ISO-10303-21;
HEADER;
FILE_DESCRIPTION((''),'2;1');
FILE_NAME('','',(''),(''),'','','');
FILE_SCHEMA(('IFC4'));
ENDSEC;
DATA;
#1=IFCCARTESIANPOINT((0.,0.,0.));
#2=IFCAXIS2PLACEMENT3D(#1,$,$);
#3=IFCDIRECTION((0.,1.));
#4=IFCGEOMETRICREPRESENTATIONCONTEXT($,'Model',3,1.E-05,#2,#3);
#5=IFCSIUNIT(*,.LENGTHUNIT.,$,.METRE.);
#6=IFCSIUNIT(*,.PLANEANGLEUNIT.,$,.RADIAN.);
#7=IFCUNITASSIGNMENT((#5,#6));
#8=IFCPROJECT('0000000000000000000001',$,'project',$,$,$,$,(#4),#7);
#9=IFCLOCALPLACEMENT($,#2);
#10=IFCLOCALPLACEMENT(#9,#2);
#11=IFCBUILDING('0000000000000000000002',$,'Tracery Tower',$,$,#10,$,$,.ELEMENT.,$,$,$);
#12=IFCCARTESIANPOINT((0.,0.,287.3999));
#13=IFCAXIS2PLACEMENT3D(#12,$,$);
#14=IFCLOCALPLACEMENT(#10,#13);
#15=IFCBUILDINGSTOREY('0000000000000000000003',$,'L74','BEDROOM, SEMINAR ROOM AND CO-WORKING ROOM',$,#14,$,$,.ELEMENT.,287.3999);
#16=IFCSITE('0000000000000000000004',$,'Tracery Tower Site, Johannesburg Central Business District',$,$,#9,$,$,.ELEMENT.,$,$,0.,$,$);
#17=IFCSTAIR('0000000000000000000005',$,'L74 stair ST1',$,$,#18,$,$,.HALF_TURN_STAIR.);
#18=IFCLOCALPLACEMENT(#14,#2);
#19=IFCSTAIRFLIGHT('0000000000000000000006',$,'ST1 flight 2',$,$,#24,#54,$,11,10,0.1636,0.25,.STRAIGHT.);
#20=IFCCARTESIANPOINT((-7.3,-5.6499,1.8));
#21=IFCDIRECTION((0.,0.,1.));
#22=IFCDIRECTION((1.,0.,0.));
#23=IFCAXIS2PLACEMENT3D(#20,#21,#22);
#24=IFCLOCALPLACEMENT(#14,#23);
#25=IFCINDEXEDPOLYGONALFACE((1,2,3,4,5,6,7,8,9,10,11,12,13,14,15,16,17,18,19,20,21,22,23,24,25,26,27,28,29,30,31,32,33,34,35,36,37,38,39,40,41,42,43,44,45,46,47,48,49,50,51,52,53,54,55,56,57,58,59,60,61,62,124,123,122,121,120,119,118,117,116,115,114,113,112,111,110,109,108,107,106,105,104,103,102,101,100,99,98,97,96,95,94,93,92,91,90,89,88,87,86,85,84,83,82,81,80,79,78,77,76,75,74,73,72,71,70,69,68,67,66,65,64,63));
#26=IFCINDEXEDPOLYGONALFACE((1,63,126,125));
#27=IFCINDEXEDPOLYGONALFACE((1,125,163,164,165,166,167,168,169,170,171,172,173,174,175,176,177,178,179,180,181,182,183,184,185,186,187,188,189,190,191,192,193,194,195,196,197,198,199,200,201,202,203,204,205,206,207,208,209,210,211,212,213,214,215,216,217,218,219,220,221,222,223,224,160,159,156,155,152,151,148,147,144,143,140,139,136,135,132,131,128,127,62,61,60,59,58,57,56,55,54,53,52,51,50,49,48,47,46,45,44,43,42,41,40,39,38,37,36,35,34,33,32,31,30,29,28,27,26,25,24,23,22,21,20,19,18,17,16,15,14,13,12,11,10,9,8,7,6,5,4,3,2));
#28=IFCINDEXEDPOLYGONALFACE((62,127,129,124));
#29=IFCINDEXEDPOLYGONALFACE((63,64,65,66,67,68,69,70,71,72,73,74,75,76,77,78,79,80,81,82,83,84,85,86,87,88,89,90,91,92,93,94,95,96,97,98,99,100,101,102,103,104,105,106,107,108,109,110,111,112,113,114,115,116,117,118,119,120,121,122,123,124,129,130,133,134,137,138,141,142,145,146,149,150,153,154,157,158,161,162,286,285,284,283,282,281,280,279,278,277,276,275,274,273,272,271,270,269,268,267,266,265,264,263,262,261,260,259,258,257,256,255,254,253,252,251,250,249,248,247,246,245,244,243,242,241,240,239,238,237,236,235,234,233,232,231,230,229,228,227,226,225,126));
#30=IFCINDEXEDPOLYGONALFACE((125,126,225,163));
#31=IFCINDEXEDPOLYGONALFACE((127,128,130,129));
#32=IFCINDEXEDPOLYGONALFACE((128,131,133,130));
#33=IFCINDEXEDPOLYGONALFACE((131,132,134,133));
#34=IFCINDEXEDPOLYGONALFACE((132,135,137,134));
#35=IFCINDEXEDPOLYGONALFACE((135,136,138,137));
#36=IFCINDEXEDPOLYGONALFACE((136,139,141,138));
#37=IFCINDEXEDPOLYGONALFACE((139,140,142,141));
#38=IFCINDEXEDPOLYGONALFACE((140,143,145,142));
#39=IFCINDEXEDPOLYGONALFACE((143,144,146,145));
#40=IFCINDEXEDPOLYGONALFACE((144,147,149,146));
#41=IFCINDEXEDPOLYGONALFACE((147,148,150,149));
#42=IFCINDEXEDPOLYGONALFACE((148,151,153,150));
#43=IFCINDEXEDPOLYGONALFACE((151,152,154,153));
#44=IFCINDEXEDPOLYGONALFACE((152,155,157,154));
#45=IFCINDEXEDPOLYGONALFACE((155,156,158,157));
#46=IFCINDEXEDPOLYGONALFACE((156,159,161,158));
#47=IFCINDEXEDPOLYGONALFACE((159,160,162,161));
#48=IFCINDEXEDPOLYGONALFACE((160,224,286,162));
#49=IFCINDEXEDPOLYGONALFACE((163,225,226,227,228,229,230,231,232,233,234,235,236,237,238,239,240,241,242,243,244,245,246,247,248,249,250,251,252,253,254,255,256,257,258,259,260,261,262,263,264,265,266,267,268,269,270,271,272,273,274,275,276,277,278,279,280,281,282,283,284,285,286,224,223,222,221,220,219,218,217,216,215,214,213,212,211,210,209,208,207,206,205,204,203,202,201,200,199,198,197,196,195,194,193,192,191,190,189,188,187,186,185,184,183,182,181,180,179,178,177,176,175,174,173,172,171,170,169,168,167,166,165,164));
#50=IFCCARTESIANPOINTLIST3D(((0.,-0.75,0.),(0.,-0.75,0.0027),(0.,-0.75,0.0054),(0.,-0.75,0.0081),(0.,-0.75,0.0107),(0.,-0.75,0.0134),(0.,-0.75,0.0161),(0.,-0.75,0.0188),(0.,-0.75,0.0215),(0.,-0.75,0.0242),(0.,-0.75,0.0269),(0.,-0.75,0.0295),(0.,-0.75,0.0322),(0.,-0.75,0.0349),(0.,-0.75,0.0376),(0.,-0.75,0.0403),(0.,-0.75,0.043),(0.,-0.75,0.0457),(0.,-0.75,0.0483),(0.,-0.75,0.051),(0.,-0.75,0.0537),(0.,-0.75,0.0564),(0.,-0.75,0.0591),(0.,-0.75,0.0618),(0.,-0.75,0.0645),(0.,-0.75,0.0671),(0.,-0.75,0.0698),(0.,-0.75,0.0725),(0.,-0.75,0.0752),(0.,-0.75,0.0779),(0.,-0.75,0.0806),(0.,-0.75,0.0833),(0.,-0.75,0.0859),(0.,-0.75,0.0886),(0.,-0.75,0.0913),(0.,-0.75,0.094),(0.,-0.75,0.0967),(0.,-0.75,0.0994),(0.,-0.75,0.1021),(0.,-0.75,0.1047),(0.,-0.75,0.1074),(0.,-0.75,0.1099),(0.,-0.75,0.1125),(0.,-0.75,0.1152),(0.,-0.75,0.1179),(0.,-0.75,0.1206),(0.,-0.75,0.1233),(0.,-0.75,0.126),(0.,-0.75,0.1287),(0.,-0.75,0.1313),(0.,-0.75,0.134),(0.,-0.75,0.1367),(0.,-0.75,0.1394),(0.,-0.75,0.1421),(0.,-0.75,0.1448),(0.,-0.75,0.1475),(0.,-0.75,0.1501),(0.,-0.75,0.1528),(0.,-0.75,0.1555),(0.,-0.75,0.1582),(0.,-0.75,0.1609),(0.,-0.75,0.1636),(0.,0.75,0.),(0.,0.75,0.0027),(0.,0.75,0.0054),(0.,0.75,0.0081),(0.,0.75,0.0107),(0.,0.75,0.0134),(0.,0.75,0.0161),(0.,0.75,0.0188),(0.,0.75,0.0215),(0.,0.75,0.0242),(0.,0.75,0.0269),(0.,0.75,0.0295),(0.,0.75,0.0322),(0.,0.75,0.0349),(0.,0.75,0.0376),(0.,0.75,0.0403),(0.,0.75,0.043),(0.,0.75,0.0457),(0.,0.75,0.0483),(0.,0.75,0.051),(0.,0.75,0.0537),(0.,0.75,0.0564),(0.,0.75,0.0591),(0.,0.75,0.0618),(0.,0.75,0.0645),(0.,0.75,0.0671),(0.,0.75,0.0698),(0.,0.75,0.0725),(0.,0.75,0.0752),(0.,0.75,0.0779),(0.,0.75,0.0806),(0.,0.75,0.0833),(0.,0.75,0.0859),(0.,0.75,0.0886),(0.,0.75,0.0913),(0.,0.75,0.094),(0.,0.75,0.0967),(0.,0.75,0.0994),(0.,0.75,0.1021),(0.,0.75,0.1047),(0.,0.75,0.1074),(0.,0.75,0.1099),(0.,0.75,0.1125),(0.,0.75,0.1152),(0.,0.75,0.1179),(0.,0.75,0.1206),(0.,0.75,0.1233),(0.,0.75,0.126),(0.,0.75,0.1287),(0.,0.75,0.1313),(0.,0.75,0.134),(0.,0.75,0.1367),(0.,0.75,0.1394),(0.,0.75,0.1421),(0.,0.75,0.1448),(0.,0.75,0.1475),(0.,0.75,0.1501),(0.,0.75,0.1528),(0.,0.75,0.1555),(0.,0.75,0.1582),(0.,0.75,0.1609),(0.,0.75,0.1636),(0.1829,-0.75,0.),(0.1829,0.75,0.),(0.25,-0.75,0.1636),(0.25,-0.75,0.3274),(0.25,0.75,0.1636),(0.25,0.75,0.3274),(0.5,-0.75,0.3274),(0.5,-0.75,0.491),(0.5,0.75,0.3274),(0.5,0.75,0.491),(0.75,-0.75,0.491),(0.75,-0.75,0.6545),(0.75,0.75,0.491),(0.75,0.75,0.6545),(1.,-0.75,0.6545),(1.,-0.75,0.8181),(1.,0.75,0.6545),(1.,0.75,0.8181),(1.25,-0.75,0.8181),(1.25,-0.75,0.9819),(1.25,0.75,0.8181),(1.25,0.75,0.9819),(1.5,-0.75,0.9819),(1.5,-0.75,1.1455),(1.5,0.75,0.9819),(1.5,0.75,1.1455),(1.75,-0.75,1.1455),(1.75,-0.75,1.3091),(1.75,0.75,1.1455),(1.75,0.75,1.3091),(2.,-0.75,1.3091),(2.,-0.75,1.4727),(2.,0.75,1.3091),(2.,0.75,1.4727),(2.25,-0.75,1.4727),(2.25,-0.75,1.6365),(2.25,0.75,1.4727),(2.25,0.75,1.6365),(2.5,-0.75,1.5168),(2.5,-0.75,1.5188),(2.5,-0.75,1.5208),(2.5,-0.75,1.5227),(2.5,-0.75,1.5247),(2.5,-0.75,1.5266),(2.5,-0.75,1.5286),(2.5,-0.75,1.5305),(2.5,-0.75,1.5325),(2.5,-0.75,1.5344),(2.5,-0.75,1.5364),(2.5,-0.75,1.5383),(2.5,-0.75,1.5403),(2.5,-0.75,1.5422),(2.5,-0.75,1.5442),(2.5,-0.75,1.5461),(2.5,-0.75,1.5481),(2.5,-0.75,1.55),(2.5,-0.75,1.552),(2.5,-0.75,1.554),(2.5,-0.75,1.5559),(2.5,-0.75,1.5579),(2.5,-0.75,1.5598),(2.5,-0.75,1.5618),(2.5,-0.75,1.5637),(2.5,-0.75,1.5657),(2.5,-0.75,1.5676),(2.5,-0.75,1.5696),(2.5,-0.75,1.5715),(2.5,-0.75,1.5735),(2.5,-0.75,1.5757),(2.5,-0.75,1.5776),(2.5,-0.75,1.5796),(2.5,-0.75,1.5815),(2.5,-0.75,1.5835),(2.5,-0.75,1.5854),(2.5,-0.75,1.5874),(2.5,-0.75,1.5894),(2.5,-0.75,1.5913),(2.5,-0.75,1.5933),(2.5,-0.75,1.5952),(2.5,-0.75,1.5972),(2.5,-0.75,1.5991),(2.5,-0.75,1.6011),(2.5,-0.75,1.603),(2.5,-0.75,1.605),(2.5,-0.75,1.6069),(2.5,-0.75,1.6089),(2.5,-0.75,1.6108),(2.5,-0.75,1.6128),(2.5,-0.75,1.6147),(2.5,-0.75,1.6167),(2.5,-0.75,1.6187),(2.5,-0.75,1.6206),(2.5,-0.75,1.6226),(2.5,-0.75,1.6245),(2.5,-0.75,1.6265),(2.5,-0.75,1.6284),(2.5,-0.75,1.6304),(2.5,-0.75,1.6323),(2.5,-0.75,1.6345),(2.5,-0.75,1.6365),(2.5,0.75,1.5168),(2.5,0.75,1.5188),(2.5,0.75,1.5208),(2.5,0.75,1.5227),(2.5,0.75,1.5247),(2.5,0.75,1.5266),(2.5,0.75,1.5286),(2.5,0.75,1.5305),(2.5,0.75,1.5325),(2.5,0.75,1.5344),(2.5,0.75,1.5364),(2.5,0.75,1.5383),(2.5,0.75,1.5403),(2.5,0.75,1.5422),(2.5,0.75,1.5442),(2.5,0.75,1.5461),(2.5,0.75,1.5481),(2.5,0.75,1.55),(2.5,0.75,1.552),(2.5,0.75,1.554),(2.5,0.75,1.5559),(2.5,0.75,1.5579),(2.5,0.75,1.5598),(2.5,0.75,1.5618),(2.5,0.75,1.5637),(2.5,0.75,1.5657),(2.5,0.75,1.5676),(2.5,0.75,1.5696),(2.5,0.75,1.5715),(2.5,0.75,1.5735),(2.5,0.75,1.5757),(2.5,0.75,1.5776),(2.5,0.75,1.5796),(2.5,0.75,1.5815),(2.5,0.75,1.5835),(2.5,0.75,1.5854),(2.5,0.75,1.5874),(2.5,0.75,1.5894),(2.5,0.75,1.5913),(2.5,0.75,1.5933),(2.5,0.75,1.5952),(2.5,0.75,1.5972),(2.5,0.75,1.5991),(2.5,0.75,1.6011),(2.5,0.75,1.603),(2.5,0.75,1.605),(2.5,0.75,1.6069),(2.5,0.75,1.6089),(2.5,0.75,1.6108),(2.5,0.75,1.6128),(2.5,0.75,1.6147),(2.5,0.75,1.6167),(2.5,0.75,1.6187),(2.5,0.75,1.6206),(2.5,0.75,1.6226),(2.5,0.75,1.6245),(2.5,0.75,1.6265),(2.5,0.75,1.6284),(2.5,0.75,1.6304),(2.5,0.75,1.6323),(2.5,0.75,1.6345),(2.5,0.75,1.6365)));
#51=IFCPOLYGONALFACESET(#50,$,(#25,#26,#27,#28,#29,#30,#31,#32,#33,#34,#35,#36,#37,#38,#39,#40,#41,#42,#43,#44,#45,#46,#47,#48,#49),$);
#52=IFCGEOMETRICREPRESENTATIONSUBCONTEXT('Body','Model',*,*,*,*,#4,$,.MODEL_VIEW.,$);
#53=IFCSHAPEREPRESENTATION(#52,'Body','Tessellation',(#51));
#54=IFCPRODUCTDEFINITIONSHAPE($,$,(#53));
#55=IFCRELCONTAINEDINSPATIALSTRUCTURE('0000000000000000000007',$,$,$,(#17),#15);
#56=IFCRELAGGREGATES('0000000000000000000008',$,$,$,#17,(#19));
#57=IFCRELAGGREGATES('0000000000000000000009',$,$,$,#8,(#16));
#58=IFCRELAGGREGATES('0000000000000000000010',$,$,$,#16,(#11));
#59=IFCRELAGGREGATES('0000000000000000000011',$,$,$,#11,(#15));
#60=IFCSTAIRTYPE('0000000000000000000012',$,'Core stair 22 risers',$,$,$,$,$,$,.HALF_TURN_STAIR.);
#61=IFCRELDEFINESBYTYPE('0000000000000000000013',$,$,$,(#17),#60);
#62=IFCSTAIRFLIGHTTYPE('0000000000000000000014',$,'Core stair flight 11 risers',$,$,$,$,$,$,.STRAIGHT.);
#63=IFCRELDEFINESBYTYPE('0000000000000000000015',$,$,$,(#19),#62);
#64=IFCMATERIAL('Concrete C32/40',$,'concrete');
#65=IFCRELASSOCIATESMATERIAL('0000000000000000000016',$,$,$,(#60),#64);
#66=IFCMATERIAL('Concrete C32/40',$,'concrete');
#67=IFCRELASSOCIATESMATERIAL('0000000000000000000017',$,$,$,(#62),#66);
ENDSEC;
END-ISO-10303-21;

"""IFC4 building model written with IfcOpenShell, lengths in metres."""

from ifc_helpers import new_model, si_unit, direction, frame, origin, place, context, subcontext, project, spatial, polyline, outline, extrude, material, type_object, element, aggregate, save


model = new_model("IFC4")

# Units and contexts
model_context = context("Model", 3, precision=1e-05, world=origin(), true_north=direction((0.0, 1.0)))
body_context = subcontext(model_context, "Body", "Model", "MODEL_VIEW")
ifc_project = project(units=[si_unit("LENGTHUNIT", "METRE"), si_unit("PLANEANGLEUNIT", "RADIAN")], contexts=[model_context])

# Site, building, storey
site_placement = place(None, origin())
site = spatial("IfcSite", under=ifc_project, at=site_placement, Name="Tracery Tower Site, Johannesburg Central Business District", CompositionType="ELEMENT", RefElevation=0.0)
building_placement = place(site_placement, origin())
building = spatial("IfcBuilding", under=site, at=building_placement, Name="Tracery Tower", CompositionType="ELEMENT")
storey_placement = place(building_placement, frame((0.0, 0.0, 287.3999)))
storey = spatial("IfcBuildingStorey", under=building, at=storey_placement, Name="L74", Description="BEDROOM, SEMINAR ROOM AND CO-WORKING ROOM", CompositionType="ELEMENT", Elevation=287.3999)

# Stair, stair flight
ifc_material_1 = material(Name="Concrete C32/40", Category="concrete")
stair_type = type_object("IfcStairType", Name="Core stair 22 risers", PredefinedType="HALF_TURN_STAIR", material=ifc_material_1)
stair_placement = place(storey_placement, origin())
stair = element("IfcStair", 1, at=stair_placement, inside=storey, type_object=stair_type, Name="L74 stair ST1", PredefinedType="HALF_TURN_STAIR")
ifc_material_2 = material(Name="Concrete C32/40", Category="concrete")
stair_flight_type = type_object("IfcStairFlightType", Name="Core stair flight 11 risers", PredefinedType="STRAIGHT", material=ifc_material_2)
stair_flight_1_placement = place(storey_placement, frame((-7.3, -5.6499, 1.8), z_axis=(0.0, 0.0, 1.0), x_axis=(1.0, 0.0, 0.0)))
stair_flight_1 = element("IfcStairFlight", 2, at=stair_flight_1_placement, type_object=stair_flight_type, Name="ST1 flight 2", NumberOfRisers=11, NumberOfTreads=10, PredefinedType="STRAIGHT", RiserHeight=0.1636, TreadLength=0.25, context=body_context, shape_type="SweptSolid", body=[
    extrude(outline(polyline([(0.0, 0.0), (0.0, 0.0027), (0.0, 0.0054), (0.0, 0.0081), (0.0, 0.0107), (0.0, 0.0134), (0.0, 0.0161), (0.0, 0.0188), (0.0, 0.0215), (0.0, 0.0242), (0.0, 0.0269), (0.0, 0.0295), (0.0, 0.0322), (0.0, 0.0349), (0.0, 0.0376), (0.0, 0.0403), (0.0, 0.043), (0.0, 0.0457), (0.0, 0.0483), (0.0, 0.051), (0.0, 0.0537), (0.0, 0.0564), (0.0, 0.0591), (0.0, 0.0618), (0.0, 0.0645), (0.0, 0.0671), (0.0, 0.0698), (0.0, 0.0725), (0.0, 0.0752), (0.0, 0.0779), (0.0, 0.0806), (0.0, 0.0833), (0.0, 0.0859), (0.0, 0.0886), (0.0, 0.0913), (0.0, 0.094), (0.0, 0.0967), (0.0, 0.0994), (0.0, 0.1021), (0.0, 0.1047), (0.0, 0.1074), (0.0, 0.1099), (0.0, 0.1125), (0.0, 0.1152), (0.0, 0.1179), (0.0, 0.1206), (0.0, 0.1233), (0.0, 0.126), (0.0, 0.1287), (0.0, 0.1313), (0.0, 0.134), (0.0, 0.1367), (0.0, 0.1394), (0.0, 0.1421), (0.0, 0.1448), (0.0, 0.1475), (0.0, 0.1501), (0.0, 0.1528), (0.0, 0.1555), (0.0, 0.1582), (0.0, 0.1609), (0.0, 0.1636), (0.25, 0.1636), (0.25, 0.3274), (0.5, 0.3274), (0.5, 0.491), (0.75, 0.491), (0.75, 0.6545), (1.0, 0.6545), (1.0, 0.8181), (1.25, 0.8181), (1.25, 0.9819), (1.5, 0.9819), (1.5, 1.1455), (1.75, 1.1455), (1.75, 1.3091), (2.0, 1.3091), (2.0, 1.4727), (2.25, 1.4727), (2.25, 1.6365), (2.5, 1.6365), (2.5, 1.6345), (2.5, 1.6323), (2.5, 1.6304), (2.5, 1.6284), (2.5, 1.6265), (2.5, 1.6245), (2.5, 1.6226), (2.5, 1.6206), (2.5, 1.6187), (2.5, 1.6167), (2.5, 1.6147), (2.5, 1.6128), (2.5, 1.6108), (2.5, 1.6089), (2.5, 1.6069), (2.5, 1.605), (2.5, 1.603), (2.5, 1.6011), (2.5, 1.5991), (2.5, 1.5972), (2.5, 1.5952), (2.5, 1.5933), (2.5, 1.5913), (2.5, 1.5894), (2.5, 1.5874), (2.5, 1.5854), (2.5, 1.5835), (2.5, 1.5815), (2.5, 1.5796), (2.5, 1.5776), (2.5, 1.5757), (2.5, 1.5735), (2.5, 1.5715), (2.5, 1.5696), (2.5, 1.5676), (2.5, 1.5657), (2.5, 1.5637), (2.5, 1.5618), (2.5, 1.5598), (2.5, 1.5579), (2.5, 1.5559), (2.5, 1.554), (2.5, 1.552), (2.5, 1.55), (2.5, 1.5481), (2.5, 1.5461), (2.5, 1.5442), (2.5, 1.5422), (2.5, 1.5403), (2.5, 1.5383), (2.5, 1.5364), (2.5, 1.5344), (2.5, 1.5325), (2.5, 1.5305), (2.5, 1.5286), (2.5, 1.5266), (2.5, 1.5247), (2.5, 1.5227), (2.5, 1.5208), (2.5, 1.5188), (2.5, 1.5168), (0.1829, 0.0), (0.0, 0.0)])), frame((0.0, 0.75, 0.0), z_axis=(0.0, -1.0, 0.0), x_axis=(1.0, 0.0, 0.0)), (0.0, 0.0, 1.0), 1.5),
])
aggregate(stair, [stair_flight_1])

save(model, "model.ifc")
